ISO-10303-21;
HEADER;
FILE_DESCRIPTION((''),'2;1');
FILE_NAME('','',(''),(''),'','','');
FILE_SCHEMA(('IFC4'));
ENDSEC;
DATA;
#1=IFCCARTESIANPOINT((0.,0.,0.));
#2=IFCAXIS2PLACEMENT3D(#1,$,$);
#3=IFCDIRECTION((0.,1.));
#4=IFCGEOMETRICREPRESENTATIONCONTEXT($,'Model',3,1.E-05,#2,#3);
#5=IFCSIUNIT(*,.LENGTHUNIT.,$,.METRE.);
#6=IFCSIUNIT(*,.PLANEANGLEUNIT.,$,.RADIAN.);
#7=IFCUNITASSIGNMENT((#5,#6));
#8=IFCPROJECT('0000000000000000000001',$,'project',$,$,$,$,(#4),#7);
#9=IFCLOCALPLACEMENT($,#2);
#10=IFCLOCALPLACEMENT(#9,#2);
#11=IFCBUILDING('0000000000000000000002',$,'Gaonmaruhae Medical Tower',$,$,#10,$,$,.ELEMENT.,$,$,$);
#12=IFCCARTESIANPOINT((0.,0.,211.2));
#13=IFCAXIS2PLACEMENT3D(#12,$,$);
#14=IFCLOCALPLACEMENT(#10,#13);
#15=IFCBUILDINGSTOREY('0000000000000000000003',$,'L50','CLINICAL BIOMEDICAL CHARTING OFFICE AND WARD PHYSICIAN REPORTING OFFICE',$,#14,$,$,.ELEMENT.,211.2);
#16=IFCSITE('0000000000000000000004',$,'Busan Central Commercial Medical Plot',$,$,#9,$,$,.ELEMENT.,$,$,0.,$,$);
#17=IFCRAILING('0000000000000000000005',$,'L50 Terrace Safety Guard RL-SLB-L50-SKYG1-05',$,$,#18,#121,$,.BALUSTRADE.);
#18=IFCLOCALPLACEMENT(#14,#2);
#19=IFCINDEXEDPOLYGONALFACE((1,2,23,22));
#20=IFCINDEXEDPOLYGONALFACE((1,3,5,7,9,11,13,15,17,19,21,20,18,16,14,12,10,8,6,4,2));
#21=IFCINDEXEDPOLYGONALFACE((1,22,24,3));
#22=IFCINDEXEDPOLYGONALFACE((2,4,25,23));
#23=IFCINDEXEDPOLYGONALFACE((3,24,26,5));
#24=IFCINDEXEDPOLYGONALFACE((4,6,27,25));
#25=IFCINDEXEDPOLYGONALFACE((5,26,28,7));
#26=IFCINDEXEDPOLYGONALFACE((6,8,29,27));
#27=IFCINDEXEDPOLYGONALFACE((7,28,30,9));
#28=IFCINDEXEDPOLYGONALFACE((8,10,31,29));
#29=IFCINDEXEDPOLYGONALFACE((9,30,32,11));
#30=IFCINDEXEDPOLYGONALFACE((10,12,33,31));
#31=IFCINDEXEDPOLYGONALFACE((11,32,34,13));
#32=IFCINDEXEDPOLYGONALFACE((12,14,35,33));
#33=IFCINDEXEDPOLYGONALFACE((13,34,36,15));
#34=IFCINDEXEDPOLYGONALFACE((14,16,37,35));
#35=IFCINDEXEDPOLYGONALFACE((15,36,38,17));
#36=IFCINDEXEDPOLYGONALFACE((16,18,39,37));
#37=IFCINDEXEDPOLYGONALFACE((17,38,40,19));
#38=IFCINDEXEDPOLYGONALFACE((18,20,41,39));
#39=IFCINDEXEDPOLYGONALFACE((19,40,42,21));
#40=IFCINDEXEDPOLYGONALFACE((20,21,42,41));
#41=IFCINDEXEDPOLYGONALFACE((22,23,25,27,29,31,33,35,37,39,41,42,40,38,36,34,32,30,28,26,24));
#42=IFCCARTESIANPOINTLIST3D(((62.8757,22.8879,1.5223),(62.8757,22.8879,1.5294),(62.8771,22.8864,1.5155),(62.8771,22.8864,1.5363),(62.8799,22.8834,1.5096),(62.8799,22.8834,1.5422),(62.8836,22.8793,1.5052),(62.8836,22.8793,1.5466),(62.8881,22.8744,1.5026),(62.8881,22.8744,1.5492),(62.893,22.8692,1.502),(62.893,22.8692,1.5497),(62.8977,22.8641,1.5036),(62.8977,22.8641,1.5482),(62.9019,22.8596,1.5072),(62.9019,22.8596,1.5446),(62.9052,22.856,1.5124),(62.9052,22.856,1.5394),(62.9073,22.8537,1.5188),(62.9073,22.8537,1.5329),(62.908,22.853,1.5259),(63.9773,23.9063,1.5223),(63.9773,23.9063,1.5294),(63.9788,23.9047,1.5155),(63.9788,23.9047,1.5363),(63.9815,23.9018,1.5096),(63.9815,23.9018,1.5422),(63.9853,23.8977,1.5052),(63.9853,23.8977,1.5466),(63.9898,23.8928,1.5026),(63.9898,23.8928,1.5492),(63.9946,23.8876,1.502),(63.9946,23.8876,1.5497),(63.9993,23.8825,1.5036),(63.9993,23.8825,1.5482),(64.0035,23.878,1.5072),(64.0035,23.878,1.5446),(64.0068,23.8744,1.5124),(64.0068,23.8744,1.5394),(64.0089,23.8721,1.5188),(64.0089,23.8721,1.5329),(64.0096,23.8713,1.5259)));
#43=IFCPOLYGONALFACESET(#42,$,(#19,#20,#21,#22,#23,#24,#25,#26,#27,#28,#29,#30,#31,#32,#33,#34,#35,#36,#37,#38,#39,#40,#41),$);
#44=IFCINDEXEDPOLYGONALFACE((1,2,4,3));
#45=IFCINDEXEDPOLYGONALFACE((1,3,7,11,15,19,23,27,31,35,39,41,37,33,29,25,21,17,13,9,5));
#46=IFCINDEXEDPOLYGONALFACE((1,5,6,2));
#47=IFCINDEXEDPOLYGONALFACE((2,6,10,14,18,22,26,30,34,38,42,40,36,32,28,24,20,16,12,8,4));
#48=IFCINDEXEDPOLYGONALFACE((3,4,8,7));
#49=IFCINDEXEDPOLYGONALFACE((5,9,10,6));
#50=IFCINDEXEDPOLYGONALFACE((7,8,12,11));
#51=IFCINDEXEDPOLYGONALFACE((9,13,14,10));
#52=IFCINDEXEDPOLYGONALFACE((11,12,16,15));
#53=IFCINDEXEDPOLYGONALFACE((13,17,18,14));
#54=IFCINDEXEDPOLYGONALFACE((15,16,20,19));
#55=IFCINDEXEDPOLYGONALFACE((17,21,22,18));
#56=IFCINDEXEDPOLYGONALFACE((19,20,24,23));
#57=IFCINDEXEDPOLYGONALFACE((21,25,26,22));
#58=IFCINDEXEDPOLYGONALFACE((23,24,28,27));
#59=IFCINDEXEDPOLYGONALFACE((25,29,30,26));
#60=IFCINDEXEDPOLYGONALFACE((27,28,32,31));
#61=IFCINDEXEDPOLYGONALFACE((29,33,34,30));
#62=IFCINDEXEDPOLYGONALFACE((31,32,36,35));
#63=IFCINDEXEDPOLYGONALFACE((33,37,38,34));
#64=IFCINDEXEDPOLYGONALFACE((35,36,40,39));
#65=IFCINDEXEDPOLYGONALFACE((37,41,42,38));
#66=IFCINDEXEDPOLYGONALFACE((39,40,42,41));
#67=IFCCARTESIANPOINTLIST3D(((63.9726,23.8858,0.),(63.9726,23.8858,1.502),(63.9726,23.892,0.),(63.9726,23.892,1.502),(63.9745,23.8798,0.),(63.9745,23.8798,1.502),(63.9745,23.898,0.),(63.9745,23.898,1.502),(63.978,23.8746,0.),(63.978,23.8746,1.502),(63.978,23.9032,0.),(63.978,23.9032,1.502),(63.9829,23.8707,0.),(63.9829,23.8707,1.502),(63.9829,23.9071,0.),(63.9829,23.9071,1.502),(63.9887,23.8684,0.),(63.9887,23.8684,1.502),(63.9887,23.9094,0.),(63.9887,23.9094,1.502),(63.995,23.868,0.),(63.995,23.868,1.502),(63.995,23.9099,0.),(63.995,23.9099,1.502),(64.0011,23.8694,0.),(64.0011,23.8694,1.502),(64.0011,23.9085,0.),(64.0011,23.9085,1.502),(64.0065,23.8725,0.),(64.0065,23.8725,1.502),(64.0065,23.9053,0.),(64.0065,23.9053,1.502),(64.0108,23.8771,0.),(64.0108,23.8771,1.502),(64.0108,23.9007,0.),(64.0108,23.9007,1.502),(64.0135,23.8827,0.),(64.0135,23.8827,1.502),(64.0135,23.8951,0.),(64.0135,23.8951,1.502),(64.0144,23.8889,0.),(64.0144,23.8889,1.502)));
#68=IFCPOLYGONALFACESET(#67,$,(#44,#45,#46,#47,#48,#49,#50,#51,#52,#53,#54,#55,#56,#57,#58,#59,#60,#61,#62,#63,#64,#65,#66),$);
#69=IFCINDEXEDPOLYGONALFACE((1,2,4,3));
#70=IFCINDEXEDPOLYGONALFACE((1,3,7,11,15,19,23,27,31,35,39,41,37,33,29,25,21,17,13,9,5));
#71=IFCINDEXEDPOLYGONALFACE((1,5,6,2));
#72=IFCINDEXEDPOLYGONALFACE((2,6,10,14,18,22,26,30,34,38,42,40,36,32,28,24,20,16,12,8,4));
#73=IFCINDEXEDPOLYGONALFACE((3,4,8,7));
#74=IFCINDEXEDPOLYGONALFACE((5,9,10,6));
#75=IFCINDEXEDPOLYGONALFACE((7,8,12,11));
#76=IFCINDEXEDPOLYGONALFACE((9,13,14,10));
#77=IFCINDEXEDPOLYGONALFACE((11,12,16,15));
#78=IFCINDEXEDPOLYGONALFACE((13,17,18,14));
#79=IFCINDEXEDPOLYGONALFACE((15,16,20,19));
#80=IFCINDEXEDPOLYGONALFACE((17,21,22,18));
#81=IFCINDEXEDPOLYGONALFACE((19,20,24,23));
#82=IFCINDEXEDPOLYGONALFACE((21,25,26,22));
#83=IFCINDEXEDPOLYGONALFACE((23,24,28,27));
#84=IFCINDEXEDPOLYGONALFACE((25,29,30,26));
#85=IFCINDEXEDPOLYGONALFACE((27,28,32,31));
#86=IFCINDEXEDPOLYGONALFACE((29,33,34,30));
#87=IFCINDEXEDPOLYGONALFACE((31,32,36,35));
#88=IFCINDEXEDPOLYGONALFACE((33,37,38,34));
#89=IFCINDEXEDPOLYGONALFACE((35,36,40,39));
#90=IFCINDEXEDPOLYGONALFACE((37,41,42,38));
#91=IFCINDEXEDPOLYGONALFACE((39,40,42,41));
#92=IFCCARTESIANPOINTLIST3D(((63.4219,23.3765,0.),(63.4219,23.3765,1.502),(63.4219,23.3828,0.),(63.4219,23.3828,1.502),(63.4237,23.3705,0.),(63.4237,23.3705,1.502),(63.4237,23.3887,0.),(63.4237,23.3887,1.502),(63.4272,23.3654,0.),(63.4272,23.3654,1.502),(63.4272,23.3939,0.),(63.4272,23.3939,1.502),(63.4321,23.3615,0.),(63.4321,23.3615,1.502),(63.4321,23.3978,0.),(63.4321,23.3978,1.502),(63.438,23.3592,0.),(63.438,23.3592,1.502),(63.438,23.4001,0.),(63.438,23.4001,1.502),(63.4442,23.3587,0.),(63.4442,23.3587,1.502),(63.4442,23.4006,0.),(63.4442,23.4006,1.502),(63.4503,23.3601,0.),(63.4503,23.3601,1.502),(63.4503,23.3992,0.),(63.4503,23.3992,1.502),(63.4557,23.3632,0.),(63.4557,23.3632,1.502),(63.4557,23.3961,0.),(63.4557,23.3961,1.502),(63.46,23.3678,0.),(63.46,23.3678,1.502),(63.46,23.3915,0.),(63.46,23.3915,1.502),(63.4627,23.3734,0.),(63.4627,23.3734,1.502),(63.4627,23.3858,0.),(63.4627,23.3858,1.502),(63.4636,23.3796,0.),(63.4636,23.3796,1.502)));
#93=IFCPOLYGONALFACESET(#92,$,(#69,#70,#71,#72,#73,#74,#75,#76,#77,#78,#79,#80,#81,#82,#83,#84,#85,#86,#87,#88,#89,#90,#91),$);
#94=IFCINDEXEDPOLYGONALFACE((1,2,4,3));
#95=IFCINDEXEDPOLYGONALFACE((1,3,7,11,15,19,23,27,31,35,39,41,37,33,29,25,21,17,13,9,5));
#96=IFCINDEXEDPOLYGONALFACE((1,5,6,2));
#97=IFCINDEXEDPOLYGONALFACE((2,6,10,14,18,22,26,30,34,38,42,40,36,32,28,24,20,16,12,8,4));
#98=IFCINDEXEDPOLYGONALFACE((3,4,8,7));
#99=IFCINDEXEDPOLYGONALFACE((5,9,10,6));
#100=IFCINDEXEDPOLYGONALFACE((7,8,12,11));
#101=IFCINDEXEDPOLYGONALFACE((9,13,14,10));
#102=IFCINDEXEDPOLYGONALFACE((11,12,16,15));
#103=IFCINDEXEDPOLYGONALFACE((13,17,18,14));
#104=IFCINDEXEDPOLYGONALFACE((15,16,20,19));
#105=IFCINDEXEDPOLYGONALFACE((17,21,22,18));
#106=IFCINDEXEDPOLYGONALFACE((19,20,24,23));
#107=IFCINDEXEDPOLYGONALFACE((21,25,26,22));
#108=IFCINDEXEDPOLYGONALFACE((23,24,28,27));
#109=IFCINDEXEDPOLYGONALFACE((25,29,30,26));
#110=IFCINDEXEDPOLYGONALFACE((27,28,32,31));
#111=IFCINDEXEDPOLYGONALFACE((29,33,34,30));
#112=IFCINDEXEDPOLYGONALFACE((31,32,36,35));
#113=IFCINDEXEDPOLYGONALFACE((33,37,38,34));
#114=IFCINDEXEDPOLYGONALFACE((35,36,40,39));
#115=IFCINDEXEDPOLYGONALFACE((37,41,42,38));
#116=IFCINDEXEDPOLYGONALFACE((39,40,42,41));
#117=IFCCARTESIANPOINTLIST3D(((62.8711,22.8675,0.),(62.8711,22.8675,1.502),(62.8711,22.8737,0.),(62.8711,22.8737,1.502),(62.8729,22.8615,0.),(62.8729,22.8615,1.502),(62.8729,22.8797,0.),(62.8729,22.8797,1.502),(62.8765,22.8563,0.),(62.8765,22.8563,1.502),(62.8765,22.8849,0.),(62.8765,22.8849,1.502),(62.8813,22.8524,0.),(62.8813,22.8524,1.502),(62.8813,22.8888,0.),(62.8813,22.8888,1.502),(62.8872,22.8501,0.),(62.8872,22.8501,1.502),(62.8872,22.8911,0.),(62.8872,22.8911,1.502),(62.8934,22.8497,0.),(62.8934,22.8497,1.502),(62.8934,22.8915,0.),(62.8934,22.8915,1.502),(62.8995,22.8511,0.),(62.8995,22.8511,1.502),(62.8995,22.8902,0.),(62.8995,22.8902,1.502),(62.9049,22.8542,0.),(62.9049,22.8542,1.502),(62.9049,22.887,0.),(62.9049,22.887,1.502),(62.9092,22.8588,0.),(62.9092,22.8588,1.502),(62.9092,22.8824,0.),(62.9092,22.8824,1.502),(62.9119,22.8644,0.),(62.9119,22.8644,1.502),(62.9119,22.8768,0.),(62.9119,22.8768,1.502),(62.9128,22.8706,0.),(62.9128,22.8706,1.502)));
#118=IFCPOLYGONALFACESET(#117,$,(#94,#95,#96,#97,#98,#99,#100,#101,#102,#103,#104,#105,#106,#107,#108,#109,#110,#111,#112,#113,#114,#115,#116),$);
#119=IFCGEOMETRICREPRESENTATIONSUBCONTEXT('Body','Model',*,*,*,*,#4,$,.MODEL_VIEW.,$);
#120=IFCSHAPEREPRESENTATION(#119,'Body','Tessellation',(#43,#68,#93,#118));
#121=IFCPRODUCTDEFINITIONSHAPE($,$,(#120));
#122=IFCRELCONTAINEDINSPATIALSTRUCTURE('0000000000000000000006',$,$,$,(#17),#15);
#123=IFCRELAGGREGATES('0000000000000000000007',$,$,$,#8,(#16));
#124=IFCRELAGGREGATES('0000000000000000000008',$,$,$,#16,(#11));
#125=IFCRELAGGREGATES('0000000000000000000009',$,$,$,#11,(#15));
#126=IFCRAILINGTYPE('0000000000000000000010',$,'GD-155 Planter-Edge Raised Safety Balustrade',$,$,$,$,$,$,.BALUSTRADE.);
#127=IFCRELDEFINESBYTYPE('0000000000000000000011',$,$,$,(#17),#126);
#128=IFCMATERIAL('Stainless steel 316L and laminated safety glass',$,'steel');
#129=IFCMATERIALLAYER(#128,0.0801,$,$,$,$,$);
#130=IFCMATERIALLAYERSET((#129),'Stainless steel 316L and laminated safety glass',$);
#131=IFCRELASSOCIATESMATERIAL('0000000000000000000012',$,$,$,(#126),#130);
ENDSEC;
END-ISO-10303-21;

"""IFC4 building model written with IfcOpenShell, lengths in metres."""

from ifc_helpers import new_model, si_unit, direction, frame, origin, origin_2d, place, context, subcontext, project, spatial, circle, extrude, material, layer, layer_set, type_object, element, save


model = new_model("IFC4")

# Units and contexts
model_context = context("Model", 3, precision=1e-05, world=origin(), true_north=direction((0.0, 1.0)))
body_context = subcontext(model_context, "Body", "Model", "MODEL_VIEW")
ifc_project = project(units=[si_unit("LENGTHUNIT", "METRE"), si_unit("PLANEANGLEUNIT", "RADIAN")], contexts=[model_context])

# Site, building, storey
site_placement = place(None, origin())
site = spatial("IfcSite", under=ifc_project, at=site_placement, Name="Busan Central Commercial Medical Plot", CompositionType="ELEMENT", RefElevation=0.0)
building_placement = place(site_placement, origin())
building = spatial("IfcBuilding", under=site, at=building_placement, Name="Gaonmaruhae Medical Tower", CompositionType="ELEMENT")
storey_placement = place(building_placement, frame((0.0, 0.0, 211.2)))
storey = spatial("IfcBuildingStorey", under=building, at=storey_placement, Name="L50", Description="CLINICAL BIOMEDICAL CHARTING OFFICE AND WARD PHYSICIAN REPORTING OFFICE", CompositionType="ELEMENT", Elevation=211.2)

# Railing
ifc_material_1 = material(Name="Stainless steel 316L and laminated safety glass", Category="steel")
ifc_layer_1 = layer(ifc_material_1, 0.0801)
ifc_layer_set_1 = layer_set([ifc_layer_1], Name="Stainless steel 316L and laminated safety glass")
railing_type = type_object("IfcRailingType", Name="GD-155 Planter-Edge Raised Safety Balustrade", PredefinedType="BALUSTRADE", material=ifc_layer_set_1)
railing_1_placement = place(storey_placement, frame((63.9934, 23.8889, 0.0)))
element("IfcRailing", 1, at=railing_1_placement, inside=storey, type_object=railing_type, Name="L50 Terrace Safety Guard RL-SLB-L50-SKYG1-05", PredefinedType="BALUSTRADE", context=body_context, shape_type="SweptSolid", body=[
    extrude(circle(Radius=0.0239, at=origin_2d()), frame((0.0, 0.0, 1.5259), z_axis=(-0.73431, -0.678814, 0.0), x_axis=(0.678814, -0.73431, 0.0)), (0.0, 0.0, 1.0), 1.5002),
    extrude(circle(Radius=0.021, at=origin_2d()), origin(), (0.0, 0.0, 1.0), 1.502),
    extrude(circle(Radius=0.021, at=origin_2d()), frame((-0.5508, -0.5093, 0.0)), (0.0, 0.0, 1.0), 1.502),
    extrude(circle(Radius=0.021, at=origin_2d()), frame((-1.1016, -1.0183, 0.0)), (0.0, 0.0, 1.0), 1.502),
])

save(model, "model.ifc")
